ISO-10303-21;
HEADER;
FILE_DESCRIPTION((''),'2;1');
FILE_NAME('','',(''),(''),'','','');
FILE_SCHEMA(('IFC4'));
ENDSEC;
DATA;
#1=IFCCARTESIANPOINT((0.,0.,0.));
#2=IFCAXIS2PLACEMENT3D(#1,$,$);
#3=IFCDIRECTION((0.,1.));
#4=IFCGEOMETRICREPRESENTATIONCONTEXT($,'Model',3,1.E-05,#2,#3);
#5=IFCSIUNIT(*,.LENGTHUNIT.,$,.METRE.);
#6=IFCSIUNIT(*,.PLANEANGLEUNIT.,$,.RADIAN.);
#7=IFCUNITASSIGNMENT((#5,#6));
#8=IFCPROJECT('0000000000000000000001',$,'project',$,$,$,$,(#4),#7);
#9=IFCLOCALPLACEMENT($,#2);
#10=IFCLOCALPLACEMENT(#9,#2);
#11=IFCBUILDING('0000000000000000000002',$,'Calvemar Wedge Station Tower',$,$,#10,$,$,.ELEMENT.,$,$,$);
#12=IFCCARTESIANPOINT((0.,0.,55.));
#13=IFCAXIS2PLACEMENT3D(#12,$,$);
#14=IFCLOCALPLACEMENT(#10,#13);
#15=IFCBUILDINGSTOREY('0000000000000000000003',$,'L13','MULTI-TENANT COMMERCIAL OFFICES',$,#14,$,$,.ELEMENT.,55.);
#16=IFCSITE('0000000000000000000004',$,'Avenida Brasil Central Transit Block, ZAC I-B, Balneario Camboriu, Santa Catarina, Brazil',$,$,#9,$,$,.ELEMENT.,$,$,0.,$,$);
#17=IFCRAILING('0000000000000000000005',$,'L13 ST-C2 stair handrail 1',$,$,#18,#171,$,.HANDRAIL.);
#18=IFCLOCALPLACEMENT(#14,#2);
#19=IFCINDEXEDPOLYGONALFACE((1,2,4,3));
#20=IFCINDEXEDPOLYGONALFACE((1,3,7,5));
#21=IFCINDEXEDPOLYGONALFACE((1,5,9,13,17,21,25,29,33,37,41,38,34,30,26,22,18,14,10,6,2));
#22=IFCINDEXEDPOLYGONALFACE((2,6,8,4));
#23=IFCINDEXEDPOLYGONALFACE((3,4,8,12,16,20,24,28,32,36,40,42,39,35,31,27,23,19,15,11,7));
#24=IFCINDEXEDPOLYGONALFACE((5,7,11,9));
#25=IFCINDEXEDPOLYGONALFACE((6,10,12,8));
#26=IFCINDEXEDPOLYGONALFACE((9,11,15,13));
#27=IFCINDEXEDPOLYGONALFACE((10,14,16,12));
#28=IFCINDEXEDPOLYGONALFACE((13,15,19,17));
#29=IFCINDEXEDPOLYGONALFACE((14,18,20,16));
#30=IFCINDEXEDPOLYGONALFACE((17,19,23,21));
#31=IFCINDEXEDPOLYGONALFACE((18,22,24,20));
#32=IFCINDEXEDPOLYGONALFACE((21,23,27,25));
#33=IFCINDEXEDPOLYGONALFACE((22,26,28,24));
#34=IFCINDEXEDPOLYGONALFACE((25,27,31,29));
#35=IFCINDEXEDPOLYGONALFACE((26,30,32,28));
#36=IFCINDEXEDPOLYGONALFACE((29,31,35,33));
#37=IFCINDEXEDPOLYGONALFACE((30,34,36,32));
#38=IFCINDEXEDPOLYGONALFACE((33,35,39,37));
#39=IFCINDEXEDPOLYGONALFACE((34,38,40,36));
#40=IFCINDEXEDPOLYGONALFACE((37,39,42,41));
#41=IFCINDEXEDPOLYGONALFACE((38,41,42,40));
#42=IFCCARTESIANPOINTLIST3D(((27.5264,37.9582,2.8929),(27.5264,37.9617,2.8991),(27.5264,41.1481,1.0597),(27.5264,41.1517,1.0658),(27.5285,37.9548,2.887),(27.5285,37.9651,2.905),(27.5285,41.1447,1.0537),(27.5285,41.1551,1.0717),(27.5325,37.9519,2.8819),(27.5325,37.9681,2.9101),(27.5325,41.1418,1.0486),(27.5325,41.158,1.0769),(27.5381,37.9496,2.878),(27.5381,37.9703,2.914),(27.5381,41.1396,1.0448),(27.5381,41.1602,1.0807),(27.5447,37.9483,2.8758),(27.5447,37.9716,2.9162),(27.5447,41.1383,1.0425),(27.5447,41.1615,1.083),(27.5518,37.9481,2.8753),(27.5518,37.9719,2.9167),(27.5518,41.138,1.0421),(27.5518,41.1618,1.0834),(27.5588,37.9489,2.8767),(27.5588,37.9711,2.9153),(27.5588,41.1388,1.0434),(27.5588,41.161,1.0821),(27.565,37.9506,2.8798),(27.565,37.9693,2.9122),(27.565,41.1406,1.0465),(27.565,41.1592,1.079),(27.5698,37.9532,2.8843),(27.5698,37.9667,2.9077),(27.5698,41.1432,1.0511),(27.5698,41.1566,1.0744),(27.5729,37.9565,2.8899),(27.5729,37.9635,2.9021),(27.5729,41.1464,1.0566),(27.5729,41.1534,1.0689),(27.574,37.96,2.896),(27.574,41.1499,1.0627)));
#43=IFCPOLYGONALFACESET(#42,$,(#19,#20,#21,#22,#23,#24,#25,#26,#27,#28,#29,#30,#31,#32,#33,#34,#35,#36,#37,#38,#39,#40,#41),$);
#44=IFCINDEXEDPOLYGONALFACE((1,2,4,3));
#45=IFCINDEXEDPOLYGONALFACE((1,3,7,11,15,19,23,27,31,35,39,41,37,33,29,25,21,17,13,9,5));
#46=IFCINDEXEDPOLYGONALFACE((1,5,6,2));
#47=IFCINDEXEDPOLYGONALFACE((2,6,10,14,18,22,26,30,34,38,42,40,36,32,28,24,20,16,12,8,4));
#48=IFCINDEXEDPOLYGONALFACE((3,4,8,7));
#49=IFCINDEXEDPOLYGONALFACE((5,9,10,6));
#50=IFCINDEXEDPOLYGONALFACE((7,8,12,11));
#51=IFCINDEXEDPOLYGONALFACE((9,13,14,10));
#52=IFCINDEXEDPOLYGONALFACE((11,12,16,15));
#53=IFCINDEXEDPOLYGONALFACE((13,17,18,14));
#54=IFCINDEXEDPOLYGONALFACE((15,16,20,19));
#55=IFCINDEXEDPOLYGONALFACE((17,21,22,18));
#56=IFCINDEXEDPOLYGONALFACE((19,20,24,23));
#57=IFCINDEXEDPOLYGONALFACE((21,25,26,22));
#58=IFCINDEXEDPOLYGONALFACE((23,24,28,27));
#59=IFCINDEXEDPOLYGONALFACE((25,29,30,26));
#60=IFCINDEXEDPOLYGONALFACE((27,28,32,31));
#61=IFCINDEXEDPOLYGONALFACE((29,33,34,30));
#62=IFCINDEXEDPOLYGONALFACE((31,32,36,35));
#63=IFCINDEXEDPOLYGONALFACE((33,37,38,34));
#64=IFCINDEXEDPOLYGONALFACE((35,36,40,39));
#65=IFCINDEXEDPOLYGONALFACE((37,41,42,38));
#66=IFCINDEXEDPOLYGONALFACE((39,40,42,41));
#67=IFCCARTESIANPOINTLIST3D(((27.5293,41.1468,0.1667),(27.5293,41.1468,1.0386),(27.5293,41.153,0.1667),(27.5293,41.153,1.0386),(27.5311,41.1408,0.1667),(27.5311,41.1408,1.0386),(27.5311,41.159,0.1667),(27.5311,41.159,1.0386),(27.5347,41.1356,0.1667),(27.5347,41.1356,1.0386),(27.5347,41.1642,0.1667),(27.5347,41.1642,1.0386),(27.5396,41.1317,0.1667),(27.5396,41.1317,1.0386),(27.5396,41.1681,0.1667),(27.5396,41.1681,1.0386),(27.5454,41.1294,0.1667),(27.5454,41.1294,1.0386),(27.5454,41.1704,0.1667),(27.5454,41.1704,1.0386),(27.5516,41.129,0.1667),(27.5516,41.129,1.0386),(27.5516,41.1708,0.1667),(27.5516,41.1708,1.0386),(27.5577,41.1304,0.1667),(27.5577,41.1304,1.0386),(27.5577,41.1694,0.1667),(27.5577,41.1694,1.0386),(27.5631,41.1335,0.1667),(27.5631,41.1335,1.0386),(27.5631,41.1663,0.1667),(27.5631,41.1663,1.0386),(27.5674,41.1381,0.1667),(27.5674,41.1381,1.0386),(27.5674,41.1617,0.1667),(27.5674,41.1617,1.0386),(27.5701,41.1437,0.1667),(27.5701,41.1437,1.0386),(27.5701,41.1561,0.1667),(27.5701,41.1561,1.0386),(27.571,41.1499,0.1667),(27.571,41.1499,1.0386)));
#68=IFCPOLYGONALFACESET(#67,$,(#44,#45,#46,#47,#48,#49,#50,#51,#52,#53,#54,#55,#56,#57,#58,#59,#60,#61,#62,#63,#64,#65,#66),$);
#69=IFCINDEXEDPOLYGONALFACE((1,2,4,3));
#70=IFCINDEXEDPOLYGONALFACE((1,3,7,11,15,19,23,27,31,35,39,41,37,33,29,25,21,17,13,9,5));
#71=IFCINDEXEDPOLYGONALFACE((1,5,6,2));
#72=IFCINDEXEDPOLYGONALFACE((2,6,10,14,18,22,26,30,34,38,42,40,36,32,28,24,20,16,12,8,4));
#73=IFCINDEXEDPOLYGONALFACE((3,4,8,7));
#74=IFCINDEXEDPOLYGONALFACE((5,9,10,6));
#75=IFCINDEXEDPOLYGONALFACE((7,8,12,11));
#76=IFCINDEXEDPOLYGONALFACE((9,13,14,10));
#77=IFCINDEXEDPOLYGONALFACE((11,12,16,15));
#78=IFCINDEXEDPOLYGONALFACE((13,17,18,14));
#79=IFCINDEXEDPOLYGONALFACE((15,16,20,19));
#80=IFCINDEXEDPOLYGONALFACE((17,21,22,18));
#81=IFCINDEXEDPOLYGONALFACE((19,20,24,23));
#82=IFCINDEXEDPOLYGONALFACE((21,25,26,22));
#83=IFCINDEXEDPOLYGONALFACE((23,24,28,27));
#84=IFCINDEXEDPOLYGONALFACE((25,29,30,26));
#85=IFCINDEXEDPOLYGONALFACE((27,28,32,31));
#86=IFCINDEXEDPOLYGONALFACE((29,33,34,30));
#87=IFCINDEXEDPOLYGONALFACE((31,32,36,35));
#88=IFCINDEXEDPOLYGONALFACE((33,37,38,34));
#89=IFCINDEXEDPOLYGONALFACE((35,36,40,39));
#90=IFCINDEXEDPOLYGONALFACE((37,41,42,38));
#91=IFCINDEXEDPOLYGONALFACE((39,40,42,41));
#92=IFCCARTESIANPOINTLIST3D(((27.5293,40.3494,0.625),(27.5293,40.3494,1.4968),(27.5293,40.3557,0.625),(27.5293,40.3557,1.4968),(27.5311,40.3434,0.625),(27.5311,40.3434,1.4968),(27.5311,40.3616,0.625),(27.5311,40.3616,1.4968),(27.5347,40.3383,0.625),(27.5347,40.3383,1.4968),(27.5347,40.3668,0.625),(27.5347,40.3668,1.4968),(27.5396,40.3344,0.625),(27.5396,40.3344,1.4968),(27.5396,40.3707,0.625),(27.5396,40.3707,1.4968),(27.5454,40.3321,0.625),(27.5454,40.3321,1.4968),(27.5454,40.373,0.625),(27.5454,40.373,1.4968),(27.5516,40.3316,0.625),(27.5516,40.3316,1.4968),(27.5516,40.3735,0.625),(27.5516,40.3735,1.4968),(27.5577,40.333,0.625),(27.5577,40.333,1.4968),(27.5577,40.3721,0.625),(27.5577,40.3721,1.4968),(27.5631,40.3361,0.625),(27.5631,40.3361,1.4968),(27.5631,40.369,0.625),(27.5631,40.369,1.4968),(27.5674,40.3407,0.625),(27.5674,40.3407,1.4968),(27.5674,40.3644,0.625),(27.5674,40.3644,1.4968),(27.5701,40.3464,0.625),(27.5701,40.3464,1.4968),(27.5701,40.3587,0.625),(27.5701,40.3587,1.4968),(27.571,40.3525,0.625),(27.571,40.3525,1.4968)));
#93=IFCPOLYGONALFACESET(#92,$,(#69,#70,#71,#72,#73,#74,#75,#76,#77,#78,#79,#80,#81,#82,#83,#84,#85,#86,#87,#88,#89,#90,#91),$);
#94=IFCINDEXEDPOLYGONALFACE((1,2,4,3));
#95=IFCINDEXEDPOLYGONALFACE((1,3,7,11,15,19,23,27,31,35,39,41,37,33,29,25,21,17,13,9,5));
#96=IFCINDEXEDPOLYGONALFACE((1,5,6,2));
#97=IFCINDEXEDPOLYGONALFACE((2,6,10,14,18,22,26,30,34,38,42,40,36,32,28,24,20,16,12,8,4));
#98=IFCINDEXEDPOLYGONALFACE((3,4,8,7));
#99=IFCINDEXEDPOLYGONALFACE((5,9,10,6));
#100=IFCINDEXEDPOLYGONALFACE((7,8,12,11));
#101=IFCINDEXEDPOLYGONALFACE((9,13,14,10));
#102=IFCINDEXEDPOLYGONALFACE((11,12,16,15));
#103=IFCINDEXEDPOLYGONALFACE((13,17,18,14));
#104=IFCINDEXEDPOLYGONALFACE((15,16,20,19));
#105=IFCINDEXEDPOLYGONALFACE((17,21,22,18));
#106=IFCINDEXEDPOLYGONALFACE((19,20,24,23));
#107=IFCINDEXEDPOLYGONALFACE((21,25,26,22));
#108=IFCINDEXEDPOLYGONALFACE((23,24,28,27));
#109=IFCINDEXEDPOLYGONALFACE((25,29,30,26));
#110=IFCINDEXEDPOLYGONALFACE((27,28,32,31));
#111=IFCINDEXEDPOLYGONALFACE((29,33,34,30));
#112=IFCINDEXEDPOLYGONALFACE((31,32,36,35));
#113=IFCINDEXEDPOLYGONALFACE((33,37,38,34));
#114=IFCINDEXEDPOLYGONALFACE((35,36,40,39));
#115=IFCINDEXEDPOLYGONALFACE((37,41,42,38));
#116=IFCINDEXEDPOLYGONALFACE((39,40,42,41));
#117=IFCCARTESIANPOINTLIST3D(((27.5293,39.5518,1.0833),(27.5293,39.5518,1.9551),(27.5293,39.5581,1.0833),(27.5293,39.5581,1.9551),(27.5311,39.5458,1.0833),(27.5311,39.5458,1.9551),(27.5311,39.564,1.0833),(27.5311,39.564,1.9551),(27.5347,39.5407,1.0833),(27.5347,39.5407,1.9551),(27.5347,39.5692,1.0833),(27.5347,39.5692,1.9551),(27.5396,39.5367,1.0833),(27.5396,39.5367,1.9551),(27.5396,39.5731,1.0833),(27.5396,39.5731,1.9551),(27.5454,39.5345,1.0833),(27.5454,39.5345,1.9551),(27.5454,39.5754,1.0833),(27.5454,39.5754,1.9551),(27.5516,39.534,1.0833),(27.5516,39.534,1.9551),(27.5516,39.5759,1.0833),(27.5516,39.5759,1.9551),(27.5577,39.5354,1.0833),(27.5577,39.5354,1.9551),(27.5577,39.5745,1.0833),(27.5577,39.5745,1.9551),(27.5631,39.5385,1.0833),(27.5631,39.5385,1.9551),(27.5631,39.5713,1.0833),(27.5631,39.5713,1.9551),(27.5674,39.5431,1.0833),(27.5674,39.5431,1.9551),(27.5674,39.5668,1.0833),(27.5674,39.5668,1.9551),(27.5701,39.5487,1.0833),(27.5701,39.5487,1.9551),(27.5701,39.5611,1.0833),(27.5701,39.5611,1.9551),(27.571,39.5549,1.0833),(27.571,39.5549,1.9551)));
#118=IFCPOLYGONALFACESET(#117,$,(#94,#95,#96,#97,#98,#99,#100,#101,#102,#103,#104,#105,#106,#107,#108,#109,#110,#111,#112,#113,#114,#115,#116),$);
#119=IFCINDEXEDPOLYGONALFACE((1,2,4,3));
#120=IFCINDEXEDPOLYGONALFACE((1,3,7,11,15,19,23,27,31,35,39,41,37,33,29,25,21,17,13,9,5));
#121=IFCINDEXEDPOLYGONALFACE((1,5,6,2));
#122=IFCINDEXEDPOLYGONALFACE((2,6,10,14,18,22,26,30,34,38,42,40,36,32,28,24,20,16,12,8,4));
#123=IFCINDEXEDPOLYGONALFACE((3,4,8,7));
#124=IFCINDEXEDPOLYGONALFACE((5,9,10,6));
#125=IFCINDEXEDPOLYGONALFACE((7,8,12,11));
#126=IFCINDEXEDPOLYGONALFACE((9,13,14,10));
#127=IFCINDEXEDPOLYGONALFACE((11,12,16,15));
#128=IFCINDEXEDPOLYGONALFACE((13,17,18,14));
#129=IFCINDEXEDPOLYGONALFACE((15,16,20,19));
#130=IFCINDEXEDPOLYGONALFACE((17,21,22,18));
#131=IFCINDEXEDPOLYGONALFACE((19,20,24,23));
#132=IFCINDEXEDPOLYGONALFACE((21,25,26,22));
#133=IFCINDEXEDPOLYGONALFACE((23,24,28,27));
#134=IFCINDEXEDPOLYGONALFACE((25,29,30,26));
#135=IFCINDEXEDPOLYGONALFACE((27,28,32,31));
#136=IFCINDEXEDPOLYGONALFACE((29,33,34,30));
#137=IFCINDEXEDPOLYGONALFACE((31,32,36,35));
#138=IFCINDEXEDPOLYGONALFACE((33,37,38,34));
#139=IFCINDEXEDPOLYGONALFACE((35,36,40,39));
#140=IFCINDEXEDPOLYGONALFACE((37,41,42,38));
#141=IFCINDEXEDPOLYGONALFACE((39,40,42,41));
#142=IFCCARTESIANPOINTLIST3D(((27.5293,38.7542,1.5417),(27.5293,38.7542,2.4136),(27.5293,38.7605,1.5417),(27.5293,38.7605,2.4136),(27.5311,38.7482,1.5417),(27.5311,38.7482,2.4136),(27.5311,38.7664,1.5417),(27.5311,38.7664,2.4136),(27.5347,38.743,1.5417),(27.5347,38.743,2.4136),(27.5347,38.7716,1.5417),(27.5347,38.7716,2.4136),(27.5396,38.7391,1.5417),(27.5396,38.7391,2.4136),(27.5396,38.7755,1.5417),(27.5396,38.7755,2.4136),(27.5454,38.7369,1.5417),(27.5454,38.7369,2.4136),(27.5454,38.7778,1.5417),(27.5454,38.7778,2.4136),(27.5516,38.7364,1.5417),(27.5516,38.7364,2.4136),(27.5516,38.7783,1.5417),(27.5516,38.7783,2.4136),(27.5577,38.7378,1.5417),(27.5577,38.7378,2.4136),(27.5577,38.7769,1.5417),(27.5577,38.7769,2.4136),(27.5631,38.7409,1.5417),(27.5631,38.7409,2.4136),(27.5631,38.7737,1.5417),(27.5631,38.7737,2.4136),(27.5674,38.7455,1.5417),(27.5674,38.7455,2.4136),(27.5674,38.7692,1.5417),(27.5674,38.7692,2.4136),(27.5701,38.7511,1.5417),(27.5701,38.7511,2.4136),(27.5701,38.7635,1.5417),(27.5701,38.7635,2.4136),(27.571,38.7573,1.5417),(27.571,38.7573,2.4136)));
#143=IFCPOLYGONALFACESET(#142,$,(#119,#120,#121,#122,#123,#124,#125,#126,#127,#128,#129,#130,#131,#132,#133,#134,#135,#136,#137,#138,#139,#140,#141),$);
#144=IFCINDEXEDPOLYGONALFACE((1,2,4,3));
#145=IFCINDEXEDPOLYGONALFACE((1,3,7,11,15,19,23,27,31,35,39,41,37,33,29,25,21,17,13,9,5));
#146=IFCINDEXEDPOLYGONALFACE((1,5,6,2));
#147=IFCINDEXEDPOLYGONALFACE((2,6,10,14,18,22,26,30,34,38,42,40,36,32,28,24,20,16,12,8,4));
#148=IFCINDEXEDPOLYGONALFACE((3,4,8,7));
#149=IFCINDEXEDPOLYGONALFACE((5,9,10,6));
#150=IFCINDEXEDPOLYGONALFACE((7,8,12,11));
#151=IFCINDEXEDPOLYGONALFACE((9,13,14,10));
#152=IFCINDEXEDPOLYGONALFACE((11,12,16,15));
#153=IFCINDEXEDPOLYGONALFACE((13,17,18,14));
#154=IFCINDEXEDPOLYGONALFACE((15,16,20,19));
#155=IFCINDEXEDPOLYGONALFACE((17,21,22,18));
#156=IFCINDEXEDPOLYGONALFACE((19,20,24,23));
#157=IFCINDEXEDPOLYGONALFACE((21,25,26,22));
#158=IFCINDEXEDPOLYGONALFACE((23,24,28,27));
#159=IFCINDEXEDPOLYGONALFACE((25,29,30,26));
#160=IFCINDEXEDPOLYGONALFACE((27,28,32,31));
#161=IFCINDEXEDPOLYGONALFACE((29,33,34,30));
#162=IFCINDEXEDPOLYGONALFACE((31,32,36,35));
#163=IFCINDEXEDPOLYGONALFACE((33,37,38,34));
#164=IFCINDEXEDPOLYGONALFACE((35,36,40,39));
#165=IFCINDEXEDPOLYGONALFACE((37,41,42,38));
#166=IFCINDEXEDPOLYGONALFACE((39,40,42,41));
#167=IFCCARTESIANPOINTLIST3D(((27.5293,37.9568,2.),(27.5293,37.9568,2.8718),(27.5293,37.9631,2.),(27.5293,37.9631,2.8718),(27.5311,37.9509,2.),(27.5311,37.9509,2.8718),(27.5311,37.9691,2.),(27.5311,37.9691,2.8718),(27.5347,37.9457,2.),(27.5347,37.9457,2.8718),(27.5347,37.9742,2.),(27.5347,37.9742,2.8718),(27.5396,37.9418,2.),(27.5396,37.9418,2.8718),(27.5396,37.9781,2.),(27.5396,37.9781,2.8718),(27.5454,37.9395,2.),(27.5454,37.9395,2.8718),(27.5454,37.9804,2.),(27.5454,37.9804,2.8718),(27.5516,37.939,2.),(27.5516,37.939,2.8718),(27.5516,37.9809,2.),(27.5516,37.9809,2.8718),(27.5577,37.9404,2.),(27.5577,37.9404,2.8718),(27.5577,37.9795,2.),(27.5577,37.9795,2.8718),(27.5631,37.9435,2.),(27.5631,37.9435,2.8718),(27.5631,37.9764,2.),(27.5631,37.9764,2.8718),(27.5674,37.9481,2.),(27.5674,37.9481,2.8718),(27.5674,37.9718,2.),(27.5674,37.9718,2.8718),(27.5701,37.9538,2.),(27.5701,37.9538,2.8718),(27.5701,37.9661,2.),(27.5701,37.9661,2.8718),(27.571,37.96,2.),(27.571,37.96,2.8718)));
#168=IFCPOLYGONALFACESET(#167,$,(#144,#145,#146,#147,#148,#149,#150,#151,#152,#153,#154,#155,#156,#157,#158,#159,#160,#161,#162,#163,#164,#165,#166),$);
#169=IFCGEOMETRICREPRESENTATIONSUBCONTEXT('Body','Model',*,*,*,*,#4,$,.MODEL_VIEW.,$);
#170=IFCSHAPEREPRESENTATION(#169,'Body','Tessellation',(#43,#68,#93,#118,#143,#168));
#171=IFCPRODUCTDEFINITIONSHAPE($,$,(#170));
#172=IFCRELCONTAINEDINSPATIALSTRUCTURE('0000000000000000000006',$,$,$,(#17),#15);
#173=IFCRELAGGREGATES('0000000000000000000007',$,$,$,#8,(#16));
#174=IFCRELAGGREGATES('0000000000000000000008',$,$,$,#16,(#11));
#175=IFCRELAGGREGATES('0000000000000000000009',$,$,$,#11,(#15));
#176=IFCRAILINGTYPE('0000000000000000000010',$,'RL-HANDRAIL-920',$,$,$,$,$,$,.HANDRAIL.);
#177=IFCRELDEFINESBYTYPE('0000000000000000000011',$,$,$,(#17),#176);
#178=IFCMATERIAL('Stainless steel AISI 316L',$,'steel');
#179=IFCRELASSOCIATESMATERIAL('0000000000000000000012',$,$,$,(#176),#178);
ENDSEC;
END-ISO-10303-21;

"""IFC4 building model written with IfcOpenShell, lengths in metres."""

from ifc_helpers import new_model, si_unit, direction, frame, origin, origin_2d, place, context, subcontext, project, spatial, circle, extrude, material, type_object, element, save


model = new_model("IFC4")

# Units and contexts
model_context = context("Model", 3, precision=1e-05, world=origin(), true_north=direction((0.0, 1.0)))
body_context = subcontext(model_context, "Body", "Model", "MODEL_VIEW")
ifc_project = project(units=[si_unit("LENGTHUNIT", "METRE"), si_unit("PLANEANGLEUNIT", "RADIAN")], contexts=[model_context])

# Site, building, storey
site_placement = place(None, origin())
site = spatial("IfcSite", under=ifc_project, at=site_placement, Name="Avenida Brasil Central Transit Block, ZAC I-B, Balneario Camboriu, Santa Catarina, Brazil", CompositionType="ELEMENT", RefElevation=0.0)
building_placement = place(site_placement, origin())
building = spatial("IfcBuilding", under=site, at=building_placement, Name="Calvemar Wedge Station Tower", CompositionType="ELEMENT")
storey_placement = place(building_placement, frame((0.0, 0.0, 55.0)))
storey = spatial("IfcBuildingStorey", under=building, at=storey_placement, Name="L13", Description="MULTI-TENANT COMMERCIAL OFFICES", CompositionType="ELEMENT", Elevation=55.0)

# Railing
ifc_material_1 = material(Name="Stainless steel AISI 316L", Category="steel")
railing_type_1 = type_object("IfcRailingType", Name="RL-HANDRAIL-920", PredefinedType="HANDRAIL", material=ifc_material_1)
railing_1_placement = place(storey_placement, frame((27.55, 41.1499, 0.1667)))
element("IfcRailing", 1, at=railing_1_placement, inside=storey, type_object=railing_type_1, Name="L13 ST-C2 stair handrail 1", PredefinedType="HANDRAIL", context=body_context, shape_type="SweptSolid", body=[
    extrude(circle(Radius=0.0239, at=origin_2d()), frame((0.0, 0.0, 0.896), z_axis=(0.0, -0.86702, 0.498274), x_axis=(1.0, 0.0, 0.0)), (0.0, 0.0, 1.0), 3.6792),
    extrude(circle(Radius=0.021, at=origin_2d()), origin(), (0.0, 0.0, 1.0), 0.8718),
    extrude(circle(Radius=0.021, at=origin_2d()), frame((0.0, -0.7974, 0.4583)), (0.0, 0.0, 1.0), 0.8718),
    extrude(circle(Radius=0.021, at=origin_2d()), frame((0.0, -1.595, 0.9165)), (0.0, 0.0, 1.0), 0.8718),
    extrude(circle(Radius=0.021, at=origin_2d()), frame((0.0, -2.3926, 1.375)), (0.0, 0.0, 1.0), 0.8718),
    extrude(circle(Radius=0.021, at=origin_2d()), frame((0.0, -3.1899, 1.8333)), (0.0, 0.0, 1.0), 0.8718),
])

save(model, "model.ifc")
